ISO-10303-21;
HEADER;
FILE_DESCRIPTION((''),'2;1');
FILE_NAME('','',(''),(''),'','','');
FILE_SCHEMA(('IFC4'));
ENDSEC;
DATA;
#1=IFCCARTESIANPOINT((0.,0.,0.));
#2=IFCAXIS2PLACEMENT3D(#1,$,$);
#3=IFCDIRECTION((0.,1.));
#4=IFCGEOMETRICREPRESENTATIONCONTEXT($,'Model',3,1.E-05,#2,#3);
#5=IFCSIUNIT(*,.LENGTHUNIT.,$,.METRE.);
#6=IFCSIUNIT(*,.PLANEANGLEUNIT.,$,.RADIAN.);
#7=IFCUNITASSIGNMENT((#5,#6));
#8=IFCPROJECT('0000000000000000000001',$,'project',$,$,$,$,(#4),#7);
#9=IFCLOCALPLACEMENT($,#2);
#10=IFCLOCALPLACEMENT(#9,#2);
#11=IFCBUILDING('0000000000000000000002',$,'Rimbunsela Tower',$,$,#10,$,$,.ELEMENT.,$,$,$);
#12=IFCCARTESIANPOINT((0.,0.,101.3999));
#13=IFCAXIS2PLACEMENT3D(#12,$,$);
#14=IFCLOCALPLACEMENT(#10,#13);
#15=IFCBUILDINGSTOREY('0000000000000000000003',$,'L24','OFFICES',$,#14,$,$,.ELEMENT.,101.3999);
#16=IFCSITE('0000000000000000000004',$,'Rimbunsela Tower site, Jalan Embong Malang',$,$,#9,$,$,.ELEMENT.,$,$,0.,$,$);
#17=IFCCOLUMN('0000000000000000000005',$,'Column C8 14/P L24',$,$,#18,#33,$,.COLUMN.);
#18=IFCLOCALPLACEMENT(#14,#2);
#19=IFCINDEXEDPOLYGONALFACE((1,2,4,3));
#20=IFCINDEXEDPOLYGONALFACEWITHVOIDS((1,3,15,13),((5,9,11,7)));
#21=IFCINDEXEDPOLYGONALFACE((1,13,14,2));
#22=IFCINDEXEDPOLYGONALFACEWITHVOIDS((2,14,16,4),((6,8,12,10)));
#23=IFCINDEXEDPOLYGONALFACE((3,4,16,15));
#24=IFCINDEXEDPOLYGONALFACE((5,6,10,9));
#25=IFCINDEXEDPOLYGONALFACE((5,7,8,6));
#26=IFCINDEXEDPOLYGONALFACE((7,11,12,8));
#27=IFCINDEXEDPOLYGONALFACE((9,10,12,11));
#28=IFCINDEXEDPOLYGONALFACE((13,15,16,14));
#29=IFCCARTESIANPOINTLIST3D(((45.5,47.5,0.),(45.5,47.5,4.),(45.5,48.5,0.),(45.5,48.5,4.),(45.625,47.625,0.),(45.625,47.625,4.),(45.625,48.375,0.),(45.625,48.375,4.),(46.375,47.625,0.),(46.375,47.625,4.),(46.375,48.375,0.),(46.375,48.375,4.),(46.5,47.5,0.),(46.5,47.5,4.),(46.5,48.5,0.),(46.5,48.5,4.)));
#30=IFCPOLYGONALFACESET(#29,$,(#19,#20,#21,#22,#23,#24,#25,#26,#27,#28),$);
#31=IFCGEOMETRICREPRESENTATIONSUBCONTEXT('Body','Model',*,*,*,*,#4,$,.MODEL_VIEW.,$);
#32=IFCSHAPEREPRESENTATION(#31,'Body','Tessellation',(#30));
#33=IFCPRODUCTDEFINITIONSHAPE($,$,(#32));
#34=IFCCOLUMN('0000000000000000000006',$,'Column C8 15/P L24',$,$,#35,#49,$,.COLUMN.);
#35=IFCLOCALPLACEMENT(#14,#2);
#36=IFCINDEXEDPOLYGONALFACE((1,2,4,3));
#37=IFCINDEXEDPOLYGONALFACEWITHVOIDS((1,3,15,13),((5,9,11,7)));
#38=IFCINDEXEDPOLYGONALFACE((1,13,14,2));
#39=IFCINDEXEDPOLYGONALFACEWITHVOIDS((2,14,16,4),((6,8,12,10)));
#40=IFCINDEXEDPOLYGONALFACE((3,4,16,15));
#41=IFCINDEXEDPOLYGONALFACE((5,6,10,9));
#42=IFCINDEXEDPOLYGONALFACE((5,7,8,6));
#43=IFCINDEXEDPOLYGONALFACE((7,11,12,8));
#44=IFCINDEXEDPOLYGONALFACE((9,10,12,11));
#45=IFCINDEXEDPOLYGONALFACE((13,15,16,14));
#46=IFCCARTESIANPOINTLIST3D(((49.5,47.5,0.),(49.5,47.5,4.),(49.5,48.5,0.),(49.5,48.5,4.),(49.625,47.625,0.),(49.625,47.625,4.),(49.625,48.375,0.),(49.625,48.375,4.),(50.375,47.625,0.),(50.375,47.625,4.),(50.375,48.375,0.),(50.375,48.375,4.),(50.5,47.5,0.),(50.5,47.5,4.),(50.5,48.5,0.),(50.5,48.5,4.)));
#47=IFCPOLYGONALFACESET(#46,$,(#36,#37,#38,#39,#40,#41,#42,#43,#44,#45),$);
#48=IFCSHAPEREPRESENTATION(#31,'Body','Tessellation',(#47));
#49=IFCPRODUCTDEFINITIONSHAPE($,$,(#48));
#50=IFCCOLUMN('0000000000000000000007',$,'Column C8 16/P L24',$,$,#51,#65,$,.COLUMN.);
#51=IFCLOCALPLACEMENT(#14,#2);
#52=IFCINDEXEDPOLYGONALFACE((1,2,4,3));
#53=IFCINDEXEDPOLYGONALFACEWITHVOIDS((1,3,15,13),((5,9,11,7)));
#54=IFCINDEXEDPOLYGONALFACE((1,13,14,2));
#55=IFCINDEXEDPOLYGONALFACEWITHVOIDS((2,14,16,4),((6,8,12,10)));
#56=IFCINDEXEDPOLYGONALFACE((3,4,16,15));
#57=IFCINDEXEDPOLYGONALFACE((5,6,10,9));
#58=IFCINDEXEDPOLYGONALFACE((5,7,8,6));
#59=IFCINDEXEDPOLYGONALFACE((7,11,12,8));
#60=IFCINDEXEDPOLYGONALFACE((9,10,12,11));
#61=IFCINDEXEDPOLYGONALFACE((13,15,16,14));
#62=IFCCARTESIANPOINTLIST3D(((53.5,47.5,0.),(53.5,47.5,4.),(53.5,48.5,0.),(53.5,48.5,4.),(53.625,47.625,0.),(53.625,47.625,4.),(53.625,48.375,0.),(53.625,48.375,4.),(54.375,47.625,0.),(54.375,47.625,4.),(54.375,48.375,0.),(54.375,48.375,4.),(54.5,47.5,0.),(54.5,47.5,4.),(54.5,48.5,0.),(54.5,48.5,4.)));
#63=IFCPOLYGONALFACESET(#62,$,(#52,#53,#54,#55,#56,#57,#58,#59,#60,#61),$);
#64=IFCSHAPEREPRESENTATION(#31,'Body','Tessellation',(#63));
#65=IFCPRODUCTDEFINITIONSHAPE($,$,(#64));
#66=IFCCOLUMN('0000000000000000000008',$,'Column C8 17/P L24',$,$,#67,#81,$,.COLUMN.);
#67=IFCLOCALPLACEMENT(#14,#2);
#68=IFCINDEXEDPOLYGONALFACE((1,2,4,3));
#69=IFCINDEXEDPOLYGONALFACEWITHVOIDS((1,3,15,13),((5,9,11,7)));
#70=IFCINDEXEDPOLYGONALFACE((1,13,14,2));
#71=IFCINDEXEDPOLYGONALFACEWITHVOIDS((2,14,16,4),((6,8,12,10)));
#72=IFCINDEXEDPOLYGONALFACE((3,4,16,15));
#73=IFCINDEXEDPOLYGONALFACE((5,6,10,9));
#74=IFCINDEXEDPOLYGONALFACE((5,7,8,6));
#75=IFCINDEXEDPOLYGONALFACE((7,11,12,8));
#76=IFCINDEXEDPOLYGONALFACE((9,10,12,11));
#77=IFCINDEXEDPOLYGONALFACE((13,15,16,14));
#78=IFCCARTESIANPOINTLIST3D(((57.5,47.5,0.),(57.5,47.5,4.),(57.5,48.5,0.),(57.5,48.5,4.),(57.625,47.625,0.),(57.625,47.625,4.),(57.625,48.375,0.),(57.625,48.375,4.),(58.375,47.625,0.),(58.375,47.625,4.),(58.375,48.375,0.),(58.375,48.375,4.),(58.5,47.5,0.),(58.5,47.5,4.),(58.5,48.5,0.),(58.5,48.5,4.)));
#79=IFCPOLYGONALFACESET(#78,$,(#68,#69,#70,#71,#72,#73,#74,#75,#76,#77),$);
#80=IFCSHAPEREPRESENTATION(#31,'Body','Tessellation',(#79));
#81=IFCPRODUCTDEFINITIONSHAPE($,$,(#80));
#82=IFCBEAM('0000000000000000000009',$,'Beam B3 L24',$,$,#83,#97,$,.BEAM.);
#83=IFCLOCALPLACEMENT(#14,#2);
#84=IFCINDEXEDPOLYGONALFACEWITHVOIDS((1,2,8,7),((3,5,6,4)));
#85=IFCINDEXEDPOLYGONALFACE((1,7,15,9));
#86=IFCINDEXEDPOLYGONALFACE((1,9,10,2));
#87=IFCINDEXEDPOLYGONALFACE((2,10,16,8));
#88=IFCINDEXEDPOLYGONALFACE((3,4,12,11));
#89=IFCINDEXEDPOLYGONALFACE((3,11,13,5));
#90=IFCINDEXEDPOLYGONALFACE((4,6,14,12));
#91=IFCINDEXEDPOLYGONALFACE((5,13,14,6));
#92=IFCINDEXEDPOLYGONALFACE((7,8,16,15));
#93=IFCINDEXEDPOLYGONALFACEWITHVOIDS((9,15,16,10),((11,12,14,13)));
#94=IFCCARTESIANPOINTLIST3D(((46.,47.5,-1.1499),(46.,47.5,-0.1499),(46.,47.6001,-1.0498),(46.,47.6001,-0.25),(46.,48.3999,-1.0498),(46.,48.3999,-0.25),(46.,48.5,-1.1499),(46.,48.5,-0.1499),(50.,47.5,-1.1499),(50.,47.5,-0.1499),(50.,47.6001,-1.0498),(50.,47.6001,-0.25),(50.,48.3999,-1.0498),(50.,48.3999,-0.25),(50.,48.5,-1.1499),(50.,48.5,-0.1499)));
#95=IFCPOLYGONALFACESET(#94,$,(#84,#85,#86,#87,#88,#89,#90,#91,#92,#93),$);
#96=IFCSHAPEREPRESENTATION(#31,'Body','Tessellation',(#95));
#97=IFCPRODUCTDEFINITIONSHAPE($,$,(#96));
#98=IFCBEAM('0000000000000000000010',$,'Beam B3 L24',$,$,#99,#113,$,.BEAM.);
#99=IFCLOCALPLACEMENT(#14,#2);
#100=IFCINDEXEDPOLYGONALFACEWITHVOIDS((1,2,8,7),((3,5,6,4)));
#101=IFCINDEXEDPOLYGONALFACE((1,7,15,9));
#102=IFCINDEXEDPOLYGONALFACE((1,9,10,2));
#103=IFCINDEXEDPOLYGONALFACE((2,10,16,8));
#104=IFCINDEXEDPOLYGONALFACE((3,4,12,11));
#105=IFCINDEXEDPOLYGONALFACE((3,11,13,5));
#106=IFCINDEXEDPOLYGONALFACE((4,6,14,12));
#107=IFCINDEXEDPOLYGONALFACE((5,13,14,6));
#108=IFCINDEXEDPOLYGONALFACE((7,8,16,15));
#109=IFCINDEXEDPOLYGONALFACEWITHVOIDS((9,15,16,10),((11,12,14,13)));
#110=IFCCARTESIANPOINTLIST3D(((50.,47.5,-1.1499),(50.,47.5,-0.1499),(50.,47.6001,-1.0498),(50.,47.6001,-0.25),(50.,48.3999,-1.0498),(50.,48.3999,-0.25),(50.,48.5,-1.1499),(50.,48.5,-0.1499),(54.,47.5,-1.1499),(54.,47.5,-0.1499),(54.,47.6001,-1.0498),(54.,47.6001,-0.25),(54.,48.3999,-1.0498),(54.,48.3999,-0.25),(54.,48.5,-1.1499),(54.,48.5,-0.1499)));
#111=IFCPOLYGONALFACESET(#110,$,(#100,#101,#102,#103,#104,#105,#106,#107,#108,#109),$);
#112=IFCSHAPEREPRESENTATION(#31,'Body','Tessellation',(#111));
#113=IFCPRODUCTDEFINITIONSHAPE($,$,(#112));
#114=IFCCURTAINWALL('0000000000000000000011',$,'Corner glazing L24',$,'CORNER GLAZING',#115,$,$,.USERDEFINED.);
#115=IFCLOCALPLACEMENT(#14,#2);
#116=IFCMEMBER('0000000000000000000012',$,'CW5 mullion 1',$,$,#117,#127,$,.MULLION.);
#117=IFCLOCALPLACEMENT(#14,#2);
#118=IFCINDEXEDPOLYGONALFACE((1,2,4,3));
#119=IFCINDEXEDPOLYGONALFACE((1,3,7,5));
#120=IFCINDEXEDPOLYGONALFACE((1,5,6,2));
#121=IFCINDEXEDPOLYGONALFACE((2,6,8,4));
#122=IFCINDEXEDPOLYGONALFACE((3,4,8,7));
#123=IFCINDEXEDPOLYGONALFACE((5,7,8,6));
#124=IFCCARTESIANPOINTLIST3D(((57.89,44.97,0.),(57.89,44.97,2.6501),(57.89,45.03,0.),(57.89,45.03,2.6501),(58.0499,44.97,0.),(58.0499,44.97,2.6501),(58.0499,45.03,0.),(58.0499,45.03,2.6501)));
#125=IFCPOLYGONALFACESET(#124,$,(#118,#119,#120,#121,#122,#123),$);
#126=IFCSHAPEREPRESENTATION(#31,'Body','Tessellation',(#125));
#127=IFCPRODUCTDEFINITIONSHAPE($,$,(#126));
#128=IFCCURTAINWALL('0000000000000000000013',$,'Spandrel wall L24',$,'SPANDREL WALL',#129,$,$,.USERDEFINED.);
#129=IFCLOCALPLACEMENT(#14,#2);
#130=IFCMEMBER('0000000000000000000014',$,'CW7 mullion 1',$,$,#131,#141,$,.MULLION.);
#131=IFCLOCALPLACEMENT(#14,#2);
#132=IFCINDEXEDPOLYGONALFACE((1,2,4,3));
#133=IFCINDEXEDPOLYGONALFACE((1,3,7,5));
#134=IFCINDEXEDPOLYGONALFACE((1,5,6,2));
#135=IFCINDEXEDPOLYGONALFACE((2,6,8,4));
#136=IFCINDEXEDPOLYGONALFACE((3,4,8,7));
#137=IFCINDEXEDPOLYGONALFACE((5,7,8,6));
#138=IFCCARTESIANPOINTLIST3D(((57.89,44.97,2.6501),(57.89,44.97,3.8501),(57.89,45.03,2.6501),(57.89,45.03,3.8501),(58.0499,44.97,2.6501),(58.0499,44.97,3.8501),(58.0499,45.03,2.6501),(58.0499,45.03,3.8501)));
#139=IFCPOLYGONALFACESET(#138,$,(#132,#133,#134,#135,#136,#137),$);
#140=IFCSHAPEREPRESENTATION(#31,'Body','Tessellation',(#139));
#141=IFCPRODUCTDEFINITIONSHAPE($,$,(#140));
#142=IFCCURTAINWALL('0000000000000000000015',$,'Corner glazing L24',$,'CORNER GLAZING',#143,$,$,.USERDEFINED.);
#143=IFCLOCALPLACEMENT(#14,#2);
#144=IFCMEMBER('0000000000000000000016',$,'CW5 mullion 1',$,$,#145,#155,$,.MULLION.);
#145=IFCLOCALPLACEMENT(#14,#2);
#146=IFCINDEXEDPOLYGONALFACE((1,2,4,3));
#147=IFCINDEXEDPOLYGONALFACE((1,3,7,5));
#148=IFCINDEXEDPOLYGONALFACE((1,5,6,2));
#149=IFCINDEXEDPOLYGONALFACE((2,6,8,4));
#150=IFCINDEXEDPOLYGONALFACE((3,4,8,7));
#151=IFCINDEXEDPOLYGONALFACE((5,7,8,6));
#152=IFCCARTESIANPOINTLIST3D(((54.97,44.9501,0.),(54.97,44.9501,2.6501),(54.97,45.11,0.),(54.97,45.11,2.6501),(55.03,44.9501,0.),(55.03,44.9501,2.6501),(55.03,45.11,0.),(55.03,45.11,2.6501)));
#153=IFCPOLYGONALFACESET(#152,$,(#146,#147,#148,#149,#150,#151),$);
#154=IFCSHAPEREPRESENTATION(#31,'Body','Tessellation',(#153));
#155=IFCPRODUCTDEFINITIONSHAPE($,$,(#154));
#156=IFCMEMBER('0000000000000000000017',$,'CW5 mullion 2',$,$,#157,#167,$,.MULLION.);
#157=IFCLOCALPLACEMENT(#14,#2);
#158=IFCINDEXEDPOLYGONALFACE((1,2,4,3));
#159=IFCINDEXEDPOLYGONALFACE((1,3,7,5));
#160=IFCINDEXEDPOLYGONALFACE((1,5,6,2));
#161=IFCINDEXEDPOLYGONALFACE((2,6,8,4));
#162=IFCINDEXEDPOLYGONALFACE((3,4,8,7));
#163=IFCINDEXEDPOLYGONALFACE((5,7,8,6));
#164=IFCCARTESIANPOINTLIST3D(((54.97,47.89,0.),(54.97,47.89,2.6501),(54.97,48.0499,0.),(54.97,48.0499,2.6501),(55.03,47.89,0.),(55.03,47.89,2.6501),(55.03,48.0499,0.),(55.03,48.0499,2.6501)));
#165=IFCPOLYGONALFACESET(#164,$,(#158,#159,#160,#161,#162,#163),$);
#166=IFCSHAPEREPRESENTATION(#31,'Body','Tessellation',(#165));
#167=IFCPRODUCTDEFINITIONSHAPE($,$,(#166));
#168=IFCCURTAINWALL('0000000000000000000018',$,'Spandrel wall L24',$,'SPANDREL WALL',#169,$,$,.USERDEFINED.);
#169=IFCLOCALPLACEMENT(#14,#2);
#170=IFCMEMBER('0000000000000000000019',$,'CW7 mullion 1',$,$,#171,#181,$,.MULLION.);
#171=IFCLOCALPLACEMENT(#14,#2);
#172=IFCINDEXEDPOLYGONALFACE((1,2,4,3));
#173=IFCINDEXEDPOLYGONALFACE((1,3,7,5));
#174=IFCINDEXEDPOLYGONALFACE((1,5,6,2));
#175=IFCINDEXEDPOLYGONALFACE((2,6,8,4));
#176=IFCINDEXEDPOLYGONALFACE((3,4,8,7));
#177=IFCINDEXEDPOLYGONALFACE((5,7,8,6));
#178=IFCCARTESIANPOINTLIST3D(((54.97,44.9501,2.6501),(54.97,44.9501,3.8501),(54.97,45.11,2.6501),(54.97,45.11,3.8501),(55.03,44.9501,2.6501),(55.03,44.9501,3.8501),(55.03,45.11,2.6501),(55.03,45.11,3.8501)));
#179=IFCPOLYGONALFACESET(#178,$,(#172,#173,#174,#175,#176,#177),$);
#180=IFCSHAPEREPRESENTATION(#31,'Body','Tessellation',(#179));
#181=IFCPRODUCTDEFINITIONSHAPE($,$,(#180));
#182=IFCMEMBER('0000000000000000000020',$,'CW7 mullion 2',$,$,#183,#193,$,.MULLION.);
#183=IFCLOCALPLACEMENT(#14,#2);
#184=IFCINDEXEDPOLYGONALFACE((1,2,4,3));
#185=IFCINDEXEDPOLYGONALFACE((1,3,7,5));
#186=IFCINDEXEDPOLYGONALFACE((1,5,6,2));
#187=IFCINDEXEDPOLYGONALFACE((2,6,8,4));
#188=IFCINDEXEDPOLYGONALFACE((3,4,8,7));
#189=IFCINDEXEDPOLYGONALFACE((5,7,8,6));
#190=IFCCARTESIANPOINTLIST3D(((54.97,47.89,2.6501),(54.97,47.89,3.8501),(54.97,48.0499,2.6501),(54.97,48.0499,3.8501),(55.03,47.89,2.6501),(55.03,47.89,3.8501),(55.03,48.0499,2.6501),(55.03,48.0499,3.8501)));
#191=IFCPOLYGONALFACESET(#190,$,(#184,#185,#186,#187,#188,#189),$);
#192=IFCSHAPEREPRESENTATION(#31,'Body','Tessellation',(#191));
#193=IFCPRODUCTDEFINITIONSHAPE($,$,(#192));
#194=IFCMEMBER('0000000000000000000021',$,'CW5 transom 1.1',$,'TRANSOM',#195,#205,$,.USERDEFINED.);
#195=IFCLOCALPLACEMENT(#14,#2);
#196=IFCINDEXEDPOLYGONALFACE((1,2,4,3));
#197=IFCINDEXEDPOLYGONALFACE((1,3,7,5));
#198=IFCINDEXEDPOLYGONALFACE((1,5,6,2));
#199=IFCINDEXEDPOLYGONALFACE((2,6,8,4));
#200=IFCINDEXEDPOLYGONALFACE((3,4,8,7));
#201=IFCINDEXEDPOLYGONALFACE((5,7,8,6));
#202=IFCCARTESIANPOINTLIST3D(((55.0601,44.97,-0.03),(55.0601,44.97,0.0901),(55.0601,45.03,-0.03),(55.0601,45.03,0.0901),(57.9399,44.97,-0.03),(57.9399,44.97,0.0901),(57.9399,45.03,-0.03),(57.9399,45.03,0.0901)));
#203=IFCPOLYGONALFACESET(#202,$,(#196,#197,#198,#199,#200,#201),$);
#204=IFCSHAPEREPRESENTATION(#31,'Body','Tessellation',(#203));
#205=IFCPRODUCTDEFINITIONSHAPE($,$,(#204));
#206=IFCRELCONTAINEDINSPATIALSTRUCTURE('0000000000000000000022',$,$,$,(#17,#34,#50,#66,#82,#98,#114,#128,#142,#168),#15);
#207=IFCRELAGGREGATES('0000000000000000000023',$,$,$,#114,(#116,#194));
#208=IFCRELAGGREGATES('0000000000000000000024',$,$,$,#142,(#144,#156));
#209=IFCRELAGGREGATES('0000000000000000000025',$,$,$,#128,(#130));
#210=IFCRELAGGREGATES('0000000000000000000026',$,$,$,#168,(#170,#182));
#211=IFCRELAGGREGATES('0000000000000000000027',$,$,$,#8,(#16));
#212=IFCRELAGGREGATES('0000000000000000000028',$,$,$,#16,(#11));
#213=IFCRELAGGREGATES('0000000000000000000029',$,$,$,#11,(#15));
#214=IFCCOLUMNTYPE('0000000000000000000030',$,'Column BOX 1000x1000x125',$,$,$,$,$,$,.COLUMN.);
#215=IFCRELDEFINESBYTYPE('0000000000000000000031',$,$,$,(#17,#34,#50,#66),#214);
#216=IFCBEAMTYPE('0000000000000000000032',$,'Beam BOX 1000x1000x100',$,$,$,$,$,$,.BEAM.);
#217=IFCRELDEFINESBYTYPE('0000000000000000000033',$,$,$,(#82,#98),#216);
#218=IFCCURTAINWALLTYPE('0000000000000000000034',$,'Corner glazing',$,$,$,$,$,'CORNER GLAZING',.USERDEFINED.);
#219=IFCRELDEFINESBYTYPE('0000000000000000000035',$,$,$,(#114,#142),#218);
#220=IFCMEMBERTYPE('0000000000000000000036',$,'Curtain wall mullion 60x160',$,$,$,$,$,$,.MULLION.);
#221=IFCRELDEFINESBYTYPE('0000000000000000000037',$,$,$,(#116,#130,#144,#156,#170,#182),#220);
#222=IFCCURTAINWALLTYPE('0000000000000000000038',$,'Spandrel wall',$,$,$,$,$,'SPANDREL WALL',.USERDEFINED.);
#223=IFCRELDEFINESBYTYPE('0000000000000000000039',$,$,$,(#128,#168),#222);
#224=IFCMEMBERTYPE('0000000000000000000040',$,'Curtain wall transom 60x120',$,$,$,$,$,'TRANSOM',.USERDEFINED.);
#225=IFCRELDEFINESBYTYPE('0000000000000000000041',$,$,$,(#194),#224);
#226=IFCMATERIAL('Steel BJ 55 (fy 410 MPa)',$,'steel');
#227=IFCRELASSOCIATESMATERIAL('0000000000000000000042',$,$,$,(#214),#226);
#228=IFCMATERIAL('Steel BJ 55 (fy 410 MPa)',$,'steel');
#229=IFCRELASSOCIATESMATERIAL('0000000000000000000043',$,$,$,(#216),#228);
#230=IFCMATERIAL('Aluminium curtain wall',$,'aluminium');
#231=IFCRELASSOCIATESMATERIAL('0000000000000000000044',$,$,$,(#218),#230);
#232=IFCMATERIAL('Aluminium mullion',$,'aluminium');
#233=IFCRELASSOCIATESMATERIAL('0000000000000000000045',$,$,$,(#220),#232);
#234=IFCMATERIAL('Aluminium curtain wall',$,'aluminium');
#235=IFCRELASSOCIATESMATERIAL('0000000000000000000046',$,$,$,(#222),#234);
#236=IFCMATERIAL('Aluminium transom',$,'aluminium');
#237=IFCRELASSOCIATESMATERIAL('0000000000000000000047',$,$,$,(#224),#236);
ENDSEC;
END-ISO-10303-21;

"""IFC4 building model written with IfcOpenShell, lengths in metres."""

from ifc_helpers import new_model, si_unit, direction, frame, origin, origin_2d, place, context, subcontext, project, spatial, rectangle, hollow_rectangle, extrude, material, material_profile, profile_set, type_object, element, aggregate, save


model = new_model("IFC4")

# Units and contexts
model_context = context("Model", 3, precision=1e-05, world=origin(), true_north=direction((0.0, 1.0)))
body_context = subcontext(model_context, "Body", "Model", "MODEL_VIEW")
ifc_project = project(units=[si_unit("LENGTHUNIT", "METRE"), si_unit("PLANEANGLEUNIT", "RADIAN")], contexts=[model_context])

# Site, building, storey
site_placement = place(None, origin())
site = spatial("IfcSite", under=ifc_project, at=site_placement, Name="Rimbunsela Tower site, Jalan Embong Malang", CompositionType="ELEMENT", RefElevation=0.0)
building_placement = place(site_placement, origin())
building = spatial("IfcBuilding", under=site, at=building_placement, Name="Rimbunsela Tower", CompositionType="ELEMENT")
storey_placement = place(building_placement, frame((0.0, 0.0, 101.3999)))
storey = spatial("IfcBuildingStorey", under=building, at=storey_placement, Name="L24", Description="OFFICES", CompositionType="ELEMENT", Elevation=101.3999)

# Columns
ifc_material_1 = material(Name="Steel BJ 55 (fy 410 MPa)", Category="steel")
ifc_material_profile_1 = material_profile(ifc_material_1, hollow_rectangle(XDim=1.0, YDim=1.0, WallThickness=0.125, at=origin_2d()), Name="BOX 1000x1000x125")
ifc_profile_set_1 = profile_set([ifc_material_profile_1], Name="Steel BJ 55 (fy 410 MPa)")
column_type = type_object("IfcColumnType", Name="Column BOX 1000x1000x125", PredefinedType="COLUMN", material=ifc_profile_set_1)
for number, where, z_axis, x_axis, name in (
    (1, (46.0, 48.0, 0.0), (0.0, 0.0, 1.0), (1.0, 0.0, 0.0), "Column C8 14/P L24"),
    (2, (50.0, 48.0, 0.0), (0.0, 0.0, 1.0), (1.0, 0.0, 0.0), "Column C8 15/P L24"),
    (3, (54.0, 48.0, 0.0), (0.0, 0.0, 1.0), (1.0, 0.0, 0.0), "Column C8 16/P L24"),
    (4, (58.0, 48.0, 0.0), (0.0, 0.0, 1.0), (1.0, 0.0, 0.0), "Column C8 17/P L24"),
):
    element("IfcColumn", number, at=place(storey_placement, frame(where, z_axis=z_axis, x_axis=x_axis)), inside=storey, type_object=column_type, Name=name, PredefinedType="COLUMN", context=body_context, shape_type="SweptSolid", body=[
        extrude(hollow_rectangle(XDim=1.0, YDim=1.0, WallThickness=0.125, at=origin_2d()), origin(), (0.0, 0.0, 1.0), 4.0),
    ])

# Beams
ifc_material_2 = material(Name="Steel BJ 55 (fy 410 MPa)", Category="steel")
ifc_material_profile_2 = material_profile(ifc_material_2, hollow_rectangle(XDim=1.0, YDim=1.0, WallThickness=0.1001, at=origin_2d()), Name="BOX 1000x1000x100")
ifc_profile_set_2 = profile_set([ifc_material_profile_2], Name="Steel BJ 55 (fy 410 MPa)")
beam_type = type_object("IfcBeamType", Name="Beam BOX 1000x1000x100", PredefinedType="BEAM", material=ifc_profile_set_2)
for number, where, z_axis, x_axis, name in (
    (5, (46.0, 48.0, -0.6499), (1.0, 0.0, 0.0), (0.0, 1.0, 0.0), "Beam B3 L24"),
    (6, (50.0, 48.0, -0.6499), (1.0, 0.0, 0.0), (0.0, 1.0, 0.0), "Beam B3 L24"),
):
    element("IfcBeam", number, at=place(storey_placement, frame(where, z_axis=z_axis, x_axis=x_axis)), inside=storey, type_object=beam_type, Name=name, PredefinedType="BEAM", context=body_context, shape_type="SweptSolid", body=[
        extrude(hollow_rectangle(XDim=1.0, YDim=1.0, WallThickness=0.1001, at=origin_2d()), origin(), (0.0, 0.0, 1.0), 4.0),
    ])

# Curtain walls, members
ifc_material_3 = material(Name="Aluminium curtain wall", Category="aluminium")
curtain_wall_type_1 = type_object("IfcCurtainWallType", Name="Corner glazing", ElementType="CORNER GLAZING", PredefinedType="USERDEFINED", material=ifc_material_3)
curtain_wall_1_placement = place(storey_placement, origin())
curtain_wall_1 = element("IfcCurtainWall", 7, at=curtain_wall_1_placement, inside=storey, type_object=curtain_wall_type_1, Name="Corner glazing L24", ObjectType="CORNER GLAZING", PredefinedType="USERDEFINED")
ifc_material_4 = material(Name="Aluminium mullion", Category="aluminium")
ifc_material_profile_3 = material_profile(ifc_material_4, rectangle(XDim=0.0601, YDim=0.1599, at=origin_2d()), Name="Mullion 60x160")
ifc_profile_set_3 = profile_set([ifc_material_profile_3], Name="Aluminium mullion")
member_type_1 = type_object("IfcMemberType", Name="Curtain wall mullion 60x160", PredefinedType="MULLION", material=ifc_profile_set_3)
member_1_placement = place(storey_placement, frame((57.97, 45.0, 0.0), z_axis=(0.0, 0.0, 1.0), x_axis=(0.0, -1.0, 0.0)))
member_1 = element("IfcMember", 8, at=member_1_placement, type_object=member_type_1, Name="CW5 mullion 1", PredefinedType="MULLION", context=body_context, shape_type="SweptSolid", body=[
    extrude(rectangle(XDim=0.0601, YDim=0.1599, at=origin_2d()), origin(), (0.0, 0.0, 1.0), 2.6501),
])
ifc_material_5 = material(Name="Aluminium curtain wall", Category="aluminium")
curtain_wall_type_2 = type_object("IfcCurtainWallType", Name="Spandrel wall", ElementType="SPANDREL WALL", PredefinedType="USERDEFINED", material=ifc_material_5)
curtain_wall_2_placement = place(storey_placement, origin())
curtain_wall_2 = element("IfcCurtainWall", 9, at=curtain_wall_2_placement, inside=storey, type_object=curtain_wall_type_2, Name="Spandrel wall L24", ObjectType="SPANDREL WALL", PredefinedType="USERDEFINED")
member_2_placement = place(storey_placement, frame((57.97, 45.0, 2.6501), z_axis=(0.0, 0.0, 1.0), x_axis=(0.0, -1.0, 0.0)))
member_2 = element("IfcMember", 10, at=member_2_placement, type_object=member_type_1, Name="CW7 mullion 1", PredefinedType="MULLION", context=body_context, shape_type="SweptSolid", body=[
    extrude(rectangle(XDim=0.0601, YDim=0.1599, at=origin_2d()), origin(), (0.0, 0.0, 1.0), 1.2),
])

# Curtain walls, members
curtain_wall_3_placement = place(storey_placement, origin())
curtain_wall_3 = element("IfcCurtainWall", 11, at=curtain_wall_3_placement, inside=storey, type_object=curtain_wall_type_1, Name="Corner glazing L24", ObjectType="CORNER GLAZING", PredefinedType="USERDEFINED")
member_3_placement = place(storey_placement, frame((55.0, 45.03, 0.0), z_axis=(0.0, 0.0, 1.0), x_axis=(-1.0, 0.0, 0.0)))
member_3 = element("IfcMember", 12, at=member_3_placement, type_object=member_type_1, Name="CW5 mullion 1", PredefinedType="MULLION", context=body_context, shape_type="SweptSolid", body=[
    extrude(rectangle(XDim=0.0601, YDim=0.1599, at=origin_2d()), origin(), (0.0, 0.0, 1.0), 2.6501),
])
member_4_placement = place(storey_placement, frame((55.0, 47.97, 0.0), z_axis=(0.0, 0.0, 1.0), x_axis=(-1.0, 0.0, 0.0)))
member_4 = element("IfcMember", 13, at=member_4_placement, type_object=member_type_1, Name="CW5 mullion 2", PredefinedType="MULLION", context=body_context, shape_type="SweptSolid", body=[
    extrude(rectangle(XDim=0.0601, YDim=0.1599, at=origin_2d()), origin(), (0.0, 0.0, 1.0), 2.6501),
])
curtain_wall_4_placement = place(storey_placement, origin())
curtain_wall_4 = element("IfcCurtainWall", 14, at=curtain_wall_4_placement, inside=storey, type_object=curtain_wall_type_2, Name="Spandrel wall L24", ObjectType="SPANDREL WALL", PredefinedType="USERDEFINED")
member_5_placement = place(storey_placement, frame((55.0, 45.03, 2.6501), z_axis=(0.0, 0.0, 1.0), x_axis=(-1.0, 0.0, 0.0)))
member_5 = element("IfcMember", 15, at=member_5_placement, type_object=member_type_1, Name="CW7 mullion 1", PredefinedType="MULLION", context=body_context, shape_type="SweptSolid", body=[
    extrude(rectangle(XDim=0.0601, YDim=0.1599, at=origin_2d()), origin(), (0.0, 0.0, 1.0), 1.2),
])
member_6_placement = place(storey_placement, frame((55.0, 47.97, 2.6501), z_axis=(0.0, 0.0, 1.0), x_axis=(-1.0, 0.0, 0.0)))
member_6 = element("IfcMember", 16, at=member_6_placement, type_object=member_type_1, Name="CW7 mullion 2", PredefinedType="MULLION", context=body_context, shape_type="SweptSolid", body=[
    extrude(rectangle(XDim=0.0601, YDim=0.1599, at=origin_2d()), origin(), (0.0, 0.0, 1.0), 1.2),
])

# Member
ifc_material_6 = material(Name="Aluminium transom", Category="aluminium")
ifc_material_profile_4 = material_profile(ifc_material_6, rectangle(XDim=0.0601, YDim=0.1201, at=origin_2d()), Name="Transom 60x120")
ifc_profile_set_4 = profile_set([ifc_material_profile_4], Name="Aluminium transom")
member_type_2 = type_object("IfcMemberType", Name="Curtain wall transom 60x120", ElementType="TRANSOM", PredefinedType="USERDEFINED", material=ifc_profile_set_4)
member_7_placement = place(storey_placement, frame((57.9399, 45.0, 0.03), z_axis=(-1.0, 0.0, 0.0), x_axis=(0.0, -1.0, 0.0)))
member_7 = element("IfcMember", 17, at=member_7_placement, type_object=member_type_2, Name="CW5 transom 1.1", ObjectType="TRANSOM", PredefinedType="USERDEFINED", context=body_context, shape_type="SweptSolid", body=[
    extrude(rectangle(XDim=0.0601, YDim=0.1201, at=origin_2d()), origin(), (0.0, 0.0, 1.0), 2.8799),
])
aggregate(curtain_wall_1, [member_1, member_7])

aggregate(curtain_wall_3, [member_3, member_4])
aggregate(curtain_wall_2, [member_2])
aggregate(curtain_wall_4, [member_5, member_6])

save(model, "model.ifc")
